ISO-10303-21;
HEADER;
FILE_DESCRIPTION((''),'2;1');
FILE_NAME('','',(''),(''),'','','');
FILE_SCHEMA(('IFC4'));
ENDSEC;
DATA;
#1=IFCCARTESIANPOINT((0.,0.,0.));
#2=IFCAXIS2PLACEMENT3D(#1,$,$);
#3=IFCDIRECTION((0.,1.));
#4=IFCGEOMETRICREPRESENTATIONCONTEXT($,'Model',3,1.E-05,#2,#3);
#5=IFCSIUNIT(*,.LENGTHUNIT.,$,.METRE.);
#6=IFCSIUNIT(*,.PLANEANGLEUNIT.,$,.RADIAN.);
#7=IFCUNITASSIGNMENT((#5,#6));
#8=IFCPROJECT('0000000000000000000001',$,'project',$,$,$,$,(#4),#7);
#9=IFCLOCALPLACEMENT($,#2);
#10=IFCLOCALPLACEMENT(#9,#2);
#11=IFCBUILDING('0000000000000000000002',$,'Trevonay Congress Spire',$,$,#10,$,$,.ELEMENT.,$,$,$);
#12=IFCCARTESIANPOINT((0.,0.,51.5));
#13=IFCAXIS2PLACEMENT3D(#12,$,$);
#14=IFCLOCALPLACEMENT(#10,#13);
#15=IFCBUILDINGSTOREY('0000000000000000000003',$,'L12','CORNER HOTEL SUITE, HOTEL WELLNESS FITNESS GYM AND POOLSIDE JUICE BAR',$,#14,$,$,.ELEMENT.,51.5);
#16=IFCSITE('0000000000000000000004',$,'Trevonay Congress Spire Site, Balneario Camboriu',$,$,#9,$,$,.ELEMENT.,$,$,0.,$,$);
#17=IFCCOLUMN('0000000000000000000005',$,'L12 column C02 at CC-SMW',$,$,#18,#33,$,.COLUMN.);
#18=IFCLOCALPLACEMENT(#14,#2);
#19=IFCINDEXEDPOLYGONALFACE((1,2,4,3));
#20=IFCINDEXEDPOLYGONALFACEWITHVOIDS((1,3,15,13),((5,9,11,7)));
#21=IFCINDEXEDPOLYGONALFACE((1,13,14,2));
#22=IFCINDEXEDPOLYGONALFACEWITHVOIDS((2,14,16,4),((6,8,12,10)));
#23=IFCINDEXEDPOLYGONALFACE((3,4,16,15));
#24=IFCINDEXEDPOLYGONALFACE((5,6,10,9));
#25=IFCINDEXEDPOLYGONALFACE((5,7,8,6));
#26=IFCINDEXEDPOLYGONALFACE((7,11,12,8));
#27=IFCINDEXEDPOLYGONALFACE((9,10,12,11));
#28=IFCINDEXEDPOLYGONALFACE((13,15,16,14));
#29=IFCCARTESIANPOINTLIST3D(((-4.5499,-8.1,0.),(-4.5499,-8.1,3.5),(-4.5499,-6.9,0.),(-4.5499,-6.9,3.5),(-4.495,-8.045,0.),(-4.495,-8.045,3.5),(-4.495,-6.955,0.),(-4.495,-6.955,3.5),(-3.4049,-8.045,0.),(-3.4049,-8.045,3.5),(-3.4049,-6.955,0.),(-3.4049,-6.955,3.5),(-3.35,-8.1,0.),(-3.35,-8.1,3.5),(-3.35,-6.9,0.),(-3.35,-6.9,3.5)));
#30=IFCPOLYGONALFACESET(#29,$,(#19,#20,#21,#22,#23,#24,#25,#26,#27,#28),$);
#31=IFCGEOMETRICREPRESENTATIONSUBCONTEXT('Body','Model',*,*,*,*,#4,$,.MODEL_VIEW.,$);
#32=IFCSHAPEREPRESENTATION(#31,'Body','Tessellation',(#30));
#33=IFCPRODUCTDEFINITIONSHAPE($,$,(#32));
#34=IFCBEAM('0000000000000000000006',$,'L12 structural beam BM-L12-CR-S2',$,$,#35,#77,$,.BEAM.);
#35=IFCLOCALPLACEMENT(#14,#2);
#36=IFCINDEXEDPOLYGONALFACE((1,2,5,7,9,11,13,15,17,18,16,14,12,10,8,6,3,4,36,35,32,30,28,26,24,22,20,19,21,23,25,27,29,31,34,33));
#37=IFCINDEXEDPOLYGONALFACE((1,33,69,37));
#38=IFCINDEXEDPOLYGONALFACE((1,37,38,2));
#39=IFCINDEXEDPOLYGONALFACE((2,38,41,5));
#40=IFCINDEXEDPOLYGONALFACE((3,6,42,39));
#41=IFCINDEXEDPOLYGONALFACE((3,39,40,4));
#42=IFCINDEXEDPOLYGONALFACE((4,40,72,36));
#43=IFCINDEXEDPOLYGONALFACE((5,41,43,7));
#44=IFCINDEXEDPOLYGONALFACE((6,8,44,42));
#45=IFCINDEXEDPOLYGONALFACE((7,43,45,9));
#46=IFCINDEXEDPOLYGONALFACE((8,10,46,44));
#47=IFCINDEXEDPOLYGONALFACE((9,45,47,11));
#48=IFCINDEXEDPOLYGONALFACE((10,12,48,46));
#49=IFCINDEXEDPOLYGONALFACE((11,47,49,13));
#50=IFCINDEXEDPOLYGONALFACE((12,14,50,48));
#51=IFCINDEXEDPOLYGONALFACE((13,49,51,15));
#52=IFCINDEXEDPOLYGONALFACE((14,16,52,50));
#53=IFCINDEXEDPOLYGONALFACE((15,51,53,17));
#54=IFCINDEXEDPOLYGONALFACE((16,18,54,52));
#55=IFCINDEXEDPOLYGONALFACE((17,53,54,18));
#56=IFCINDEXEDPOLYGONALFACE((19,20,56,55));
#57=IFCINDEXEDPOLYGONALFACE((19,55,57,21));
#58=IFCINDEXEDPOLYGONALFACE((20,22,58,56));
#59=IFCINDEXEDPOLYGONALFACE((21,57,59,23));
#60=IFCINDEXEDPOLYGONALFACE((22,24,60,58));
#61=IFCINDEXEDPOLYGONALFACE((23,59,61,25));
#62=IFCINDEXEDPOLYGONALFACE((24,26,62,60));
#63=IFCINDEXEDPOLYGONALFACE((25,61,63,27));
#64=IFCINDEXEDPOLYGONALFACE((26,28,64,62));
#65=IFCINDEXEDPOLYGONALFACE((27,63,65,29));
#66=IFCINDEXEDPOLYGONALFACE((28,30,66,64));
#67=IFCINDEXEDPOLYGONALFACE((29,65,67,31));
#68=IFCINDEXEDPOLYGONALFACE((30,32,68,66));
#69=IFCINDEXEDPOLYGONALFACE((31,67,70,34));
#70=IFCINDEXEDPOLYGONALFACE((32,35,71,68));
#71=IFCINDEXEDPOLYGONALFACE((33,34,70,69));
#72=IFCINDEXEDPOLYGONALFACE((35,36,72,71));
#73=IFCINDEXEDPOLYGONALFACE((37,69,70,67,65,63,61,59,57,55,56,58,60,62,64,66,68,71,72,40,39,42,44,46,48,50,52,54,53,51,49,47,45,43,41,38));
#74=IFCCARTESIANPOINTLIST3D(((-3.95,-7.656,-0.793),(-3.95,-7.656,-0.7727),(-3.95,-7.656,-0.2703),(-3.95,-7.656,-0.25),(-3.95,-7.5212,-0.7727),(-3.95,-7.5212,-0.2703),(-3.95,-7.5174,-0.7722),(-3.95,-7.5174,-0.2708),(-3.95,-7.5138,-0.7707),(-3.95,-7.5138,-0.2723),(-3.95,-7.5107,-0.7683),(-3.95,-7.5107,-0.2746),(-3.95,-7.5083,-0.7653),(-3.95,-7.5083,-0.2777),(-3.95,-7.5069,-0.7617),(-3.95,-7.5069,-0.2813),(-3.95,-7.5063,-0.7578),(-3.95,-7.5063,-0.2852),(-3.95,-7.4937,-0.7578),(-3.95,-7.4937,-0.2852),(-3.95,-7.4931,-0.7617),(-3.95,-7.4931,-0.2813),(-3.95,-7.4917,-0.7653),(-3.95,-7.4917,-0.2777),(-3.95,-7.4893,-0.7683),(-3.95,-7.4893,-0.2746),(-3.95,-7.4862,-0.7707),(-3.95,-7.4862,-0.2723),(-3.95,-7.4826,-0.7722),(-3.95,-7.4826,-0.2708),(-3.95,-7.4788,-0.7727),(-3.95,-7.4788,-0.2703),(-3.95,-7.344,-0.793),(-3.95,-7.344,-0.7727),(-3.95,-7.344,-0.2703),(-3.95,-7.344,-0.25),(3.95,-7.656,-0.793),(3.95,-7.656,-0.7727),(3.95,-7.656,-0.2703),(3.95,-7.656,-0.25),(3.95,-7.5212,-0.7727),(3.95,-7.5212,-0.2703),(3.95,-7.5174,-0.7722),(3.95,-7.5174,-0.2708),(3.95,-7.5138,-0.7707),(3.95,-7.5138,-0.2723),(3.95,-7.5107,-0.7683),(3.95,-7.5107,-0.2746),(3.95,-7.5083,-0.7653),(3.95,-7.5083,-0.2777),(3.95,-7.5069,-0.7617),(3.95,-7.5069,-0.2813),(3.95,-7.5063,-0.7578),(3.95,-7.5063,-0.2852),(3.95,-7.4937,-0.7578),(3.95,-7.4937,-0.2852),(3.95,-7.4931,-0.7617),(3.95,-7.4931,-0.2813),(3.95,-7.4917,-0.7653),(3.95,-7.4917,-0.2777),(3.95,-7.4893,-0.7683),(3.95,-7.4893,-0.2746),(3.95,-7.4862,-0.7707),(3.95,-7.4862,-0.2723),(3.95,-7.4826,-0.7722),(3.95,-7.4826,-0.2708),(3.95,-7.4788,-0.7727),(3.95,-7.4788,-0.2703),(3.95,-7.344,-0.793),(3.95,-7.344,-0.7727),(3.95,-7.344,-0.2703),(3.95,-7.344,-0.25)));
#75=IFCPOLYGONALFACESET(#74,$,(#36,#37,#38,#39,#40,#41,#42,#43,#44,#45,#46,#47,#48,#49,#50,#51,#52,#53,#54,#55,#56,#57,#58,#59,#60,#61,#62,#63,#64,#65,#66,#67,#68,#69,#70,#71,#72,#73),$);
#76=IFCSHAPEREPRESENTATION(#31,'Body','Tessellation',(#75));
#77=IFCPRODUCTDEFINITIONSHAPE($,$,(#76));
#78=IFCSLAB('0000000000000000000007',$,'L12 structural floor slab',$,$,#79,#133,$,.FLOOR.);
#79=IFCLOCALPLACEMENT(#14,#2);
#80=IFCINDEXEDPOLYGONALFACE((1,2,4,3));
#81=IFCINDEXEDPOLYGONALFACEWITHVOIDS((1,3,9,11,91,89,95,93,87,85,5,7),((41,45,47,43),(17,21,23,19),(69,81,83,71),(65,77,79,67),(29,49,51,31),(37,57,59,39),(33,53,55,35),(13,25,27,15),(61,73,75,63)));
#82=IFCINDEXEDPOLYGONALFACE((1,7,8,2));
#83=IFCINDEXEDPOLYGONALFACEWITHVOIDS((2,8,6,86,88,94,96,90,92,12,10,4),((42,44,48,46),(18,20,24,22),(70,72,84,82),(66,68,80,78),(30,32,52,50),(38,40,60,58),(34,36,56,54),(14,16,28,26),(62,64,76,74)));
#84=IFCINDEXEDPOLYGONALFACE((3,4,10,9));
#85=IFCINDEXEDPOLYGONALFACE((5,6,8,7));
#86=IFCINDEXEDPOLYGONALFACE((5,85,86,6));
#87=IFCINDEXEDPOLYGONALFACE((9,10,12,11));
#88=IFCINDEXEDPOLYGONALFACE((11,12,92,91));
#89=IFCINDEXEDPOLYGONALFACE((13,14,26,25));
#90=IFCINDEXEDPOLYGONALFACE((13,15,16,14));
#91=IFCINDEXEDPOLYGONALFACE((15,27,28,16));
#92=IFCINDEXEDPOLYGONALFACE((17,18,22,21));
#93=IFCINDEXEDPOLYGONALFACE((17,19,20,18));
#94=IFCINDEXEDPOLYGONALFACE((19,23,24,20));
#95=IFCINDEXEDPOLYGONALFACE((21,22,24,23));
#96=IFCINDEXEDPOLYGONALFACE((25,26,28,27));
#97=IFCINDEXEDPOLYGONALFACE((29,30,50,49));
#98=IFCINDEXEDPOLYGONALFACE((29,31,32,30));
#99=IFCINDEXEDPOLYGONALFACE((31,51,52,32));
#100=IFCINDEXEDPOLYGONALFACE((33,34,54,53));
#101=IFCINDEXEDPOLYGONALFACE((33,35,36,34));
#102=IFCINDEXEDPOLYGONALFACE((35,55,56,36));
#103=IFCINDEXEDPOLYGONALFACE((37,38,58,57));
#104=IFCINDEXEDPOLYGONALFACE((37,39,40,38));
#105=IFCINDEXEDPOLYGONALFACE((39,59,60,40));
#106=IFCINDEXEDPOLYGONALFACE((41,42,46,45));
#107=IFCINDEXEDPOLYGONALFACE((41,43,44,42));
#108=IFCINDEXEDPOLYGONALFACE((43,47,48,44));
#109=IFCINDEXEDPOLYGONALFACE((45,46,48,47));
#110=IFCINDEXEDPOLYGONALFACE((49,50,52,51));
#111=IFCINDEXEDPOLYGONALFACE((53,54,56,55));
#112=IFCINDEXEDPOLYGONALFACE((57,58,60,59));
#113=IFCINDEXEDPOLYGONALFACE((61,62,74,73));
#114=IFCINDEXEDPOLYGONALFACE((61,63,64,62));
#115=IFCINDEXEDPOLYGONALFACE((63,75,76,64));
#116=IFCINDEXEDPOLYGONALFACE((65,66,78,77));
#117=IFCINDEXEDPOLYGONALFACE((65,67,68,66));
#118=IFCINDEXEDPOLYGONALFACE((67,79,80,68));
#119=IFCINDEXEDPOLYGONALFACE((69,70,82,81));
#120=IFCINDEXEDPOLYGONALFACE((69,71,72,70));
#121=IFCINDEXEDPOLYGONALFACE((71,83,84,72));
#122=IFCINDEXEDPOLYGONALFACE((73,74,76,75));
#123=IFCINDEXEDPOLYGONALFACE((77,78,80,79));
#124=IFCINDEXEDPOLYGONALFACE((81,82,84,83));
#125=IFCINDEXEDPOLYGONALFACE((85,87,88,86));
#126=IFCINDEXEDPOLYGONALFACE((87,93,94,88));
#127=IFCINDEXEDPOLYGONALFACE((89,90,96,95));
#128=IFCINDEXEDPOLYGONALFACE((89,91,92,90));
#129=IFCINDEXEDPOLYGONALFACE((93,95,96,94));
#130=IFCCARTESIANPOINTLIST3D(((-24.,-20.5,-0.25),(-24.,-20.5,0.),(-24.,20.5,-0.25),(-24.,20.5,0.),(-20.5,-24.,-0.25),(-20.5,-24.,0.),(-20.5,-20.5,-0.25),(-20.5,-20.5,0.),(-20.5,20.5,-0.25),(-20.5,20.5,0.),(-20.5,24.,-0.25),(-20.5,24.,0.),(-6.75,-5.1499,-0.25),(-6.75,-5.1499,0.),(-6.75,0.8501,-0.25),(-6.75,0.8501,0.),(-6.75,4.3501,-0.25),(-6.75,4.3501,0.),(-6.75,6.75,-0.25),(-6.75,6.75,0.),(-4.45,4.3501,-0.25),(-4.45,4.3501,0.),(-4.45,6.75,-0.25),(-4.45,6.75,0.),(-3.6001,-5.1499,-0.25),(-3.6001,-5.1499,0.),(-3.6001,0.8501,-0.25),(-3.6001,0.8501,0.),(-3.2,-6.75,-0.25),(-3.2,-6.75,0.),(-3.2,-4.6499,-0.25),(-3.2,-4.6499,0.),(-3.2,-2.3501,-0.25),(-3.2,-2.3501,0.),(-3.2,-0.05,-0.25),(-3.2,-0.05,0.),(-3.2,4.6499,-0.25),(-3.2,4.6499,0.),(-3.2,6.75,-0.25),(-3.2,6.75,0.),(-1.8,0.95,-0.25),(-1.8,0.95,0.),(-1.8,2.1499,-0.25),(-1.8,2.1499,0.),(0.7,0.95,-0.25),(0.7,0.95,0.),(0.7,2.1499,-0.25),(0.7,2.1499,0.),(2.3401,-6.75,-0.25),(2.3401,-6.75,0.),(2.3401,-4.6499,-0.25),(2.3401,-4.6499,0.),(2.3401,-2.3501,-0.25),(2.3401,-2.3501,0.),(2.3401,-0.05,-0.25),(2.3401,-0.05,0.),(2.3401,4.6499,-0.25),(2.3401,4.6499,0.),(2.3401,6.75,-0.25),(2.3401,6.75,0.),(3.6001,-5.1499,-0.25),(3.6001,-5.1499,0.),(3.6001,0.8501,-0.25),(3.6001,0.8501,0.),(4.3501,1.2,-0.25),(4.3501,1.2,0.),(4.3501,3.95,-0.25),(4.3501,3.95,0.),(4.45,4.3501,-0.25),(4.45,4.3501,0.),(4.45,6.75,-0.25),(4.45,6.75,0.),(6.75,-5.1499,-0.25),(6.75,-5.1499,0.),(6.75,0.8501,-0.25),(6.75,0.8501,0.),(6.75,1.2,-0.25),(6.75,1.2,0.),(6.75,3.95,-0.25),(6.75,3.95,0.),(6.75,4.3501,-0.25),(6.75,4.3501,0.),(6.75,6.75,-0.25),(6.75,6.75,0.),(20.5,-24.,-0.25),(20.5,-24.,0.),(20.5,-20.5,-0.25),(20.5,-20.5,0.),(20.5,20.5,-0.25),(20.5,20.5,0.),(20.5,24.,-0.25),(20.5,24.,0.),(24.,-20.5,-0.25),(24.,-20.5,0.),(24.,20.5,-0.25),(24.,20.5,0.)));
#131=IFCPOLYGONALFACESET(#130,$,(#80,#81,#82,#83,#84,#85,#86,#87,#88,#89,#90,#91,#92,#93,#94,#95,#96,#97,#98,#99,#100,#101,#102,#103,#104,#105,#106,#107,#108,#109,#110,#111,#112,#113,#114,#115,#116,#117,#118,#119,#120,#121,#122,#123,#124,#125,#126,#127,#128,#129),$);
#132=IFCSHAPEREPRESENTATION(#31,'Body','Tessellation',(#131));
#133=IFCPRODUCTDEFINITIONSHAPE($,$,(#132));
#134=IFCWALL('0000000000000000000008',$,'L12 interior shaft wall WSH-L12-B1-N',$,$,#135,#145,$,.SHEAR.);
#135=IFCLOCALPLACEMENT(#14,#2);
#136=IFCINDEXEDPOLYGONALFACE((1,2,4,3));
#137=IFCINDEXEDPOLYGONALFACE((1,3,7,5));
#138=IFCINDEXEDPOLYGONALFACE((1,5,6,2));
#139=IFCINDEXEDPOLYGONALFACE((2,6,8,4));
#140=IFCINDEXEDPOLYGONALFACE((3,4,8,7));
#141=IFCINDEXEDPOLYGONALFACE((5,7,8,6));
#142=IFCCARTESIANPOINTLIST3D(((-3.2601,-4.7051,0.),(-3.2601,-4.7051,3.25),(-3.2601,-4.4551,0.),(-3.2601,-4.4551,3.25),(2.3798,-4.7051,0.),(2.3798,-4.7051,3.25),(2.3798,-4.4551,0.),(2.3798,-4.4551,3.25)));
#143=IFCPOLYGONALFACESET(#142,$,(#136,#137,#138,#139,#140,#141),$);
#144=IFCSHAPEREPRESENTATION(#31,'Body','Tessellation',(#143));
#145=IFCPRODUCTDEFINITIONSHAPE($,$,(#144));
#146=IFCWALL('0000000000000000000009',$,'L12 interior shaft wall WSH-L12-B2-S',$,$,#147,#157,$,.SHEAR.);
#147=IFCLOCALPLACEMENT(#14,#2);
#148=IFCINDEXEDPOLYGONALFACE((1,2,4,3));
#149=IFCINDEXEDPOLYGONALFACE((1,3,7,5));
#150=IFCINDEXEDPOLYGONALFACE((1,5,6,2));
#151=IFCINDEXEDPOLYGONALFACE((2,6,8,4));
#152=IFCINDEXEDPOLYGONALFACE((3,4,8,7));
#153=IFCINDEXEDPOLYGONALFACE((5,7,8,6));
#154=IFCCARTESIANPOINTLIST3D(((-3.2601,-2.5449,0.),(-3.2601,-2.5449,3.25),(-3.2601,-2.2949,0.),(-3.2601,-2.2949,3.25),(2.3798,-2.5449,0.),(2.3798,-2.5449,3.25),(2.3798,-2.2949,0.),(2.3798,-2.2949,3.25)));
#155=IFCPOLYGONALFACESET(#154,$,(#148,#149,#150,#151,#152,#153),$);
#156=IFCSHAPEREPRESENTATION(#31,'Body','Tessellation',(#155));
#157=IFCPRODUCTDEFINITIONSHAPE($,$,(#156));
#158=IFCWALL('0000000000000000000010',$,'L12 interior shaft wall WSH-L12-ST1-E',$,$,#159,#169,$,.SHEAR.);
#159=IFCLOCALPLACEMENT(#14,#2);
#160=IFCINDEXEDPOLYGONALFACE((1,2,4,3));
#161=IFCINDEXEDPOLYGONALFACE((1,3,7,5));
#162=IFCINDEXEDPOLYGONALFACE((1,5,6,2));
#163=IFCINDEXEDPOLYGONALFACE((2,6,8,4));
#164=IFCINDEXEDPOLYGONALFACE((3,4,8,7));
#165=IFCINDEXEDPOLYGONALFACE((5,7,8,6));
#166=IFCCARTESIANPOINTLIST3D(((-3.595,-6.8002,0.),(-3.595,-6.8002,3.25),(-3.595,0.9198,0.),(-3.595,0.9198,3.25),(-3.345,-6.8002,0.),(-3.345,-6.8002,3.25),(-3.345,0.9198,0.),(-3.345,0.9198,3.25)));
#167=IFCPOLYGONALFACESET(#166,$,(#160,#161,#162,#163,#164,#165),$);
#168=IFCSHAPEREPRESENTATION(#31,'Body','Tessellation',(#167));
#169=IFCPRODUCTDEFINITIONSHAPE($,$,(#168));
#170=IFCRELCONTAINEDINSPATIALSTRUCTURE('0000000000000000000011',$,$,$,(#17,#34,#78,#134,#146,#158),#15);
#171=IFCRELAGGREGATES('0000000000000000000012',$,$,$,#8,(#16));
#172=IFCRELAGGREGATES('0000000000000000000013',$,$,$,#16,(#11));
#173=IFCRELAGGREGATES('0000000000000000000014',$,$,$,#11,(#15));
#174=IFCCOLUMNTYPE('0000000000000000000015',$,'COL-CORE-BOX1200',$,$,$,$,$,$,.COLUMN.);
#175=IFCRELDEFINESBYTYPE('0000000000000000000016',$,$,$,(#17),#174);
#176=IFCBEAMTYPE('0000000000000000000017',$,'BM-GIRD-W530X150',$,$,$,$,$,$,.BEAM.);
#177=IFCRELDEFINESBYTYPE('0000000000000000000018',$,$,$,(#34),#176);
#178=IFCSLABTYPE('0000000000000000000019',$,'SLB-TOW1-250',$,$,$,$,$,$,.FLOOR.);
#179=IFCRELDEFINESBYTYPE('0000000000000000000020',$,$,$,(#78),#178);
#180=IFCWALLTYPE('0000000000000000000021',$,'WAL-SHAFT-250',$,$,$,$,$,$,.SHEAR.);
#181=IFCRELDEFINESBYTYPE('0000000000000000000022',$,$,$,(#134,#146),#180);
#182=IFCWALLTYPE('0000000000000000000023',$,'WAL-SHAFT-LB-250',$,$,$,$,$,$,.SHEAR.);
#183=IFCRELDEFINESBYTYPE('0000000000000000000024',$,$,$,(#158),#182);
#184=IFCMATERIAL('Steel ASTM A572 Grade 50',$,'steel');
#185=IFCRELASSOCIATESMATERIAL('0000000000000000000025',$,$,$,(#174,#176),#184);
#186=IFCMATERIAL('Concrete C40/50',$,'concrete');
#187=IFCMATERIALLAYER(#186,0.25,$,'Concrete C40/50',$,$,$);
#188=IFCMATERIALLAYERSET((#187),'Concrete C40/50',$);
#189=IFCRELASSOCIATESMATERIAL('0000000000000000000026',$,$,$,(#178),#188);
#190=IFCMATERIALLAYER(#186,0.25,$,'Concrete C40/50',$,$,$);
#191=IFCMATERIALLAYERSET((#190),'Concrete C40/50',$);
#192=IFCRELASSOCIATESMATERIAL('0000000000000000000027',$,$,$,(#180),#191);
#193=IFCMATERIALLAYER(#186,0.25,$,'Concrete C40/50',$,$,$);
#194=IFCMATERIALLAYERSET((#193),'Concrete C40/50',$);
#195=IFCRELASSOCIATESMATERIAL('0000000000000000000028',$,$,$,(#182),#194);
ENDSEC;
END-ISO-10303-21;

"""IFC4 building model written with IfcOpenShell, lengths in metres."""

from ifc_helpers import new_model, si_unit, direction, frame, frame_2d, origin, origin_2d, place, context, subcontext, project, spatial, polyline, rectangle, hollow_rectangle, i_section, outline, extrude, material, layer, layer_set, material_profile, profile_set, type_object, element, save


model = new_model("IFC4")

# Units and contexts
model_context = context("Model", 3, precision=1e-05, world=origin(), true_north=direction((0.0, 1.0)))
body_context = subcontext(model_context, "Body", "Model", "MODEL_VIEW")
ifc_project = project(units=[si_unit("LENGTHUNIT", "METRE"), si_unit("PLANEANGLEUNIT", "RADIAN")], contexts=[model_context])

# Site, building, storey
site_placement = place(None, origin())
site = spatial("IfcSite", under=ifc_project, at=site_placement, Name="Trevonay Congress Spire Site, Balneario Camboriu", CompositionType="ELEMENT", RefElevation=0.0)
building_placement = place(site_placement, origin())
building = spatial("IfcBuilding", under=site, at=building_placement, Name="Trevonay Congress Spire", CompositionType="ELEMENT")
storey_placement = place(building_placement, frame((0.0, 0.0, 51.5)))
storey = spatial("IfcBuildingStorey", under=building, at=storey_placement, Name="L12", Description="CORNER HOTEL SUITE, HOTEL WELLNESS FITNESS GYM AND POOLSIDE JUICE BAR", CompositionType="ELEMENT", Elevation=51.5)

# Column
ifc_material_1 = material(Name="Steel ASTM A572 Grade 50", Category="steel")
ifc_material_profile_1 = material_profile(ifc_material_1, hollow_rectangle(XDim=1.2, YDim=1.2, WallThickness=0.0549, at=origin_2d()), Name="BOX 1200x1200x55")
ifc_profile_set_1 = profile_set([ifc_material_profile_1], Name="Steel ASTM A572 Grade 50")
column_type = type_object("IfcColumnType", Name="COL-CORE-BOX1200", PredefinedType="COLUMN", material=ifc_profile_set_1)
column_placement = place(storey_placement, frame((-3.95, -7.5, 0.0), z_axis=(0.0, 0.0, 1.0), x_axis=(1.0, 0.0, 0.0)))
element("IfcColumn", 1, at=column_placement, inside=storey, type_object=column_type, Name="L12 column C02 at CC-SMW", PredefinedType="COLUMN", context=body_context, shape_type="SweptSolid", body=[
    extrude(hollow_rectangle(XDim=1.2, YDim=1.2, WallThickness=0.0549, at=origin_2d()), origin(), (0.0, 0.0, 1.0), 3.5),
])

# Beam
ifc_material_profile_2 = material_profile(ifc_material_1, i_section(OverallWidth=0.312, OverallDepth=0.543, WebThickness=0.0127, FlangeThickness=0.0203, FilletRadius=0.0149, at=origin_2d()), Name="W530x150")
ifc_profile_set_2 = profile_set([ifc_material_profile_2], Name="Steel ASTM A572 Grade 50")
beam_type = type_object("IfcBeamType", Name="BM-GIRD-W530X150", PredefinedType="BEAM", material=ifc_profile_set_2)
beam_placement = place(storey_placement, frame((-3.95, -7.5, -0.5215), z_axis=(1.0, 0.0, 0.0), x_axis=(0.0, 1.0, 0.0)))
element("IfcBeam", 2, at=beam_placement, inside=storey, type_object=beam_type, Name="L12 structural beam BM-L12-CR-S2", PredefinedType="BEAM", context=body_context, shape_type="SweptSolid", body=[
    extrude(i_section(OverallWidth=0.312, OverallDepth=0.543, WebThickness=0.0127, FlangeThickness=0.0203, FilletRadius=0.0149, at=origin_2d()), origin(), (0.0, 0.0, 1.0), 7.8999),
])

# Slab
ifc_material_2 = material(Name="Concrete C40/50", Category="concrete")
ifc_layer_1 = layer(ifc_material_2, 0.25, Name="Concrete C40/50")
ifc_layer_set_1 = layer_set([ifc_layer_1], Name="Concrete C40/50")
slab_type = type_object("IfcSlabType", Name="SLB-TOW1-250", PredefinedType="FLOOR", material=ifc_layer_set_1)
slab_placement = place(storey_placement, frame((0.0, 0.0, -0.25)))
element("IfcSlab", 3, at=slab_placement, inside=storey, type_object=slab_type, Name="L12 structural floor slab", PredefinedType="FLOOR", context=body_context, shape_type="SweptSolid", body=[
    extrude(outline(polyline([(-20.5, -24.0), (20.5, -24.0), (20.5, -20.5), (24.0, -20.5), (24.0, 20.5), (20.5, 20.5), (20.5, 24.0), (-20.5, 24.0), (-20.5, 20.5), (-24.0, 20.5), (-24.0, -20.5), (-20.5, -20.5), (-20.5, -24.0)]), holes=[polyline([(-3.6001, -5.1499), (-3.6001, 0.8501), (-6.75, 0.8501), (-6.75, -5.1499), (-3.6001, -5.1499)]), polyline([(6.75, -5.1499), (6.75, 0.8501), (3.6001, 0.8501), (3.6001, -5.1499), (6.75, -5.1499)]), polyline([(-3.2, -6.75), (2.3401, -6.75), (2.3401, -4.6499), (-3.2, -4.6499), (-3.2, -6.75)]), polyline([(-3.2, -2.3501), (2.3401, -2.3501), (2.3401, -0.05), (-3.2, -0.05), (-3.2, -2.3501)]), polyline([(-3.2, 4.6499), (2.3401, 4.6499), (2.3401, 6.75), (-3.2, 6.75), (-3.2, 4.6499)]), polyline([(-6.75, 4.3501), (-4.45, 4.3501), (-4.45, 6.75), (-6.75, 6.75), (-6.75, 4.3501)]), polyline([(4.45, 4.3501), (6.75, 4.3501), (6.75, 6.75), (4.45, 6.75), (4.45, 4.3501)]), polyline([(4.3501, 1.2), (6.75, 1.2), (6.75, 3.95), (4.3501, 3.95), (4.3501, 1.2)]), polyline([(-1.8, 0.95), (0.7, 0.95), (0.7, 2.1499), (-1.8, 2.1499), (-1.8, 0.95)])]), origin(), (0.0, 0.0, 1.0), 0.25),
])

# Walls
ifc_layer_2 = layer(ifc_material_2, 0.25, Name="Concrete C40/50")
ifc_layer_set_2 = layer_set([ifc_layer_2], Name="Concrete C40/50")
wall_type_1 = type_object("IfcWallType", Name="WAL-SHAFT-250", PredefinedType="SHEAR", material=ifc_layer_set_2)
for number, where, z_axis, x_axis, name in (
    (4, (-3.26, -4.5801, 0.0), (0.0, 0.0, 1.0), (1.0, 0.0, 0.0), "L12 interior shaft wall WSH-L12-B1-N"),
    (5, (-3.26, -2.4199, 0.0), (0.0, 0.0, 1.0), (1.0, 0.0, 0.0), "L12 interior shaft wall WSH-L12-B2-S"),
):
    element("IfcWall", number, at=place(storey_placement, frame(where, z_axis=z_axis, x_axis=x_axis)), inside=storey, type_object=wall_type_1, Name=name, PredefinedType="SHEAR", context=body_context, shape_type="SweptSolid", body=[
        extrude(rectangle(XDim=5.6399, YDim=0.25, at=frame_2d((2.8198, 0.0))), origin(), (0.0, 0.0, 1.0), 3.25),
    ])
ifc_layer_3 = layer(ifc_material_2, 0.25, Name="Concrete C40/50")
ifc_layer_set_3 = layer_set([ifc_layer_3], Name="Concrete C40/50")
wall_type_2 = type_object("IfcWallType", Name="WAL-SHAFT-LB-250", PredefinedType="SHEAR", material=ifc_layer_set_3)
wall_placement = place(storey_placement, frame((-3.47, -6.8, 0.0), z_axis=(0.0, 0.0, 1.0), x_axis=(0.0, 1.0, 0.0)))
element("IfcWall", 6, at=wall_placement, inside=storey, type_object=wall_type_2, Name="L12 interior shaft wall WSH-L12-ST1-E", PredefinedType="SHEAR", context=body_context, shape_type="SweptSolid", body=[
    extrude(rectangle(XDim=7.72, YDim=0.25, at=frame_2d((3.8599, 0.0))), origin(), (0.0, 0.0, 1.0), 3.25),
])

save(model, "model.ifc")
